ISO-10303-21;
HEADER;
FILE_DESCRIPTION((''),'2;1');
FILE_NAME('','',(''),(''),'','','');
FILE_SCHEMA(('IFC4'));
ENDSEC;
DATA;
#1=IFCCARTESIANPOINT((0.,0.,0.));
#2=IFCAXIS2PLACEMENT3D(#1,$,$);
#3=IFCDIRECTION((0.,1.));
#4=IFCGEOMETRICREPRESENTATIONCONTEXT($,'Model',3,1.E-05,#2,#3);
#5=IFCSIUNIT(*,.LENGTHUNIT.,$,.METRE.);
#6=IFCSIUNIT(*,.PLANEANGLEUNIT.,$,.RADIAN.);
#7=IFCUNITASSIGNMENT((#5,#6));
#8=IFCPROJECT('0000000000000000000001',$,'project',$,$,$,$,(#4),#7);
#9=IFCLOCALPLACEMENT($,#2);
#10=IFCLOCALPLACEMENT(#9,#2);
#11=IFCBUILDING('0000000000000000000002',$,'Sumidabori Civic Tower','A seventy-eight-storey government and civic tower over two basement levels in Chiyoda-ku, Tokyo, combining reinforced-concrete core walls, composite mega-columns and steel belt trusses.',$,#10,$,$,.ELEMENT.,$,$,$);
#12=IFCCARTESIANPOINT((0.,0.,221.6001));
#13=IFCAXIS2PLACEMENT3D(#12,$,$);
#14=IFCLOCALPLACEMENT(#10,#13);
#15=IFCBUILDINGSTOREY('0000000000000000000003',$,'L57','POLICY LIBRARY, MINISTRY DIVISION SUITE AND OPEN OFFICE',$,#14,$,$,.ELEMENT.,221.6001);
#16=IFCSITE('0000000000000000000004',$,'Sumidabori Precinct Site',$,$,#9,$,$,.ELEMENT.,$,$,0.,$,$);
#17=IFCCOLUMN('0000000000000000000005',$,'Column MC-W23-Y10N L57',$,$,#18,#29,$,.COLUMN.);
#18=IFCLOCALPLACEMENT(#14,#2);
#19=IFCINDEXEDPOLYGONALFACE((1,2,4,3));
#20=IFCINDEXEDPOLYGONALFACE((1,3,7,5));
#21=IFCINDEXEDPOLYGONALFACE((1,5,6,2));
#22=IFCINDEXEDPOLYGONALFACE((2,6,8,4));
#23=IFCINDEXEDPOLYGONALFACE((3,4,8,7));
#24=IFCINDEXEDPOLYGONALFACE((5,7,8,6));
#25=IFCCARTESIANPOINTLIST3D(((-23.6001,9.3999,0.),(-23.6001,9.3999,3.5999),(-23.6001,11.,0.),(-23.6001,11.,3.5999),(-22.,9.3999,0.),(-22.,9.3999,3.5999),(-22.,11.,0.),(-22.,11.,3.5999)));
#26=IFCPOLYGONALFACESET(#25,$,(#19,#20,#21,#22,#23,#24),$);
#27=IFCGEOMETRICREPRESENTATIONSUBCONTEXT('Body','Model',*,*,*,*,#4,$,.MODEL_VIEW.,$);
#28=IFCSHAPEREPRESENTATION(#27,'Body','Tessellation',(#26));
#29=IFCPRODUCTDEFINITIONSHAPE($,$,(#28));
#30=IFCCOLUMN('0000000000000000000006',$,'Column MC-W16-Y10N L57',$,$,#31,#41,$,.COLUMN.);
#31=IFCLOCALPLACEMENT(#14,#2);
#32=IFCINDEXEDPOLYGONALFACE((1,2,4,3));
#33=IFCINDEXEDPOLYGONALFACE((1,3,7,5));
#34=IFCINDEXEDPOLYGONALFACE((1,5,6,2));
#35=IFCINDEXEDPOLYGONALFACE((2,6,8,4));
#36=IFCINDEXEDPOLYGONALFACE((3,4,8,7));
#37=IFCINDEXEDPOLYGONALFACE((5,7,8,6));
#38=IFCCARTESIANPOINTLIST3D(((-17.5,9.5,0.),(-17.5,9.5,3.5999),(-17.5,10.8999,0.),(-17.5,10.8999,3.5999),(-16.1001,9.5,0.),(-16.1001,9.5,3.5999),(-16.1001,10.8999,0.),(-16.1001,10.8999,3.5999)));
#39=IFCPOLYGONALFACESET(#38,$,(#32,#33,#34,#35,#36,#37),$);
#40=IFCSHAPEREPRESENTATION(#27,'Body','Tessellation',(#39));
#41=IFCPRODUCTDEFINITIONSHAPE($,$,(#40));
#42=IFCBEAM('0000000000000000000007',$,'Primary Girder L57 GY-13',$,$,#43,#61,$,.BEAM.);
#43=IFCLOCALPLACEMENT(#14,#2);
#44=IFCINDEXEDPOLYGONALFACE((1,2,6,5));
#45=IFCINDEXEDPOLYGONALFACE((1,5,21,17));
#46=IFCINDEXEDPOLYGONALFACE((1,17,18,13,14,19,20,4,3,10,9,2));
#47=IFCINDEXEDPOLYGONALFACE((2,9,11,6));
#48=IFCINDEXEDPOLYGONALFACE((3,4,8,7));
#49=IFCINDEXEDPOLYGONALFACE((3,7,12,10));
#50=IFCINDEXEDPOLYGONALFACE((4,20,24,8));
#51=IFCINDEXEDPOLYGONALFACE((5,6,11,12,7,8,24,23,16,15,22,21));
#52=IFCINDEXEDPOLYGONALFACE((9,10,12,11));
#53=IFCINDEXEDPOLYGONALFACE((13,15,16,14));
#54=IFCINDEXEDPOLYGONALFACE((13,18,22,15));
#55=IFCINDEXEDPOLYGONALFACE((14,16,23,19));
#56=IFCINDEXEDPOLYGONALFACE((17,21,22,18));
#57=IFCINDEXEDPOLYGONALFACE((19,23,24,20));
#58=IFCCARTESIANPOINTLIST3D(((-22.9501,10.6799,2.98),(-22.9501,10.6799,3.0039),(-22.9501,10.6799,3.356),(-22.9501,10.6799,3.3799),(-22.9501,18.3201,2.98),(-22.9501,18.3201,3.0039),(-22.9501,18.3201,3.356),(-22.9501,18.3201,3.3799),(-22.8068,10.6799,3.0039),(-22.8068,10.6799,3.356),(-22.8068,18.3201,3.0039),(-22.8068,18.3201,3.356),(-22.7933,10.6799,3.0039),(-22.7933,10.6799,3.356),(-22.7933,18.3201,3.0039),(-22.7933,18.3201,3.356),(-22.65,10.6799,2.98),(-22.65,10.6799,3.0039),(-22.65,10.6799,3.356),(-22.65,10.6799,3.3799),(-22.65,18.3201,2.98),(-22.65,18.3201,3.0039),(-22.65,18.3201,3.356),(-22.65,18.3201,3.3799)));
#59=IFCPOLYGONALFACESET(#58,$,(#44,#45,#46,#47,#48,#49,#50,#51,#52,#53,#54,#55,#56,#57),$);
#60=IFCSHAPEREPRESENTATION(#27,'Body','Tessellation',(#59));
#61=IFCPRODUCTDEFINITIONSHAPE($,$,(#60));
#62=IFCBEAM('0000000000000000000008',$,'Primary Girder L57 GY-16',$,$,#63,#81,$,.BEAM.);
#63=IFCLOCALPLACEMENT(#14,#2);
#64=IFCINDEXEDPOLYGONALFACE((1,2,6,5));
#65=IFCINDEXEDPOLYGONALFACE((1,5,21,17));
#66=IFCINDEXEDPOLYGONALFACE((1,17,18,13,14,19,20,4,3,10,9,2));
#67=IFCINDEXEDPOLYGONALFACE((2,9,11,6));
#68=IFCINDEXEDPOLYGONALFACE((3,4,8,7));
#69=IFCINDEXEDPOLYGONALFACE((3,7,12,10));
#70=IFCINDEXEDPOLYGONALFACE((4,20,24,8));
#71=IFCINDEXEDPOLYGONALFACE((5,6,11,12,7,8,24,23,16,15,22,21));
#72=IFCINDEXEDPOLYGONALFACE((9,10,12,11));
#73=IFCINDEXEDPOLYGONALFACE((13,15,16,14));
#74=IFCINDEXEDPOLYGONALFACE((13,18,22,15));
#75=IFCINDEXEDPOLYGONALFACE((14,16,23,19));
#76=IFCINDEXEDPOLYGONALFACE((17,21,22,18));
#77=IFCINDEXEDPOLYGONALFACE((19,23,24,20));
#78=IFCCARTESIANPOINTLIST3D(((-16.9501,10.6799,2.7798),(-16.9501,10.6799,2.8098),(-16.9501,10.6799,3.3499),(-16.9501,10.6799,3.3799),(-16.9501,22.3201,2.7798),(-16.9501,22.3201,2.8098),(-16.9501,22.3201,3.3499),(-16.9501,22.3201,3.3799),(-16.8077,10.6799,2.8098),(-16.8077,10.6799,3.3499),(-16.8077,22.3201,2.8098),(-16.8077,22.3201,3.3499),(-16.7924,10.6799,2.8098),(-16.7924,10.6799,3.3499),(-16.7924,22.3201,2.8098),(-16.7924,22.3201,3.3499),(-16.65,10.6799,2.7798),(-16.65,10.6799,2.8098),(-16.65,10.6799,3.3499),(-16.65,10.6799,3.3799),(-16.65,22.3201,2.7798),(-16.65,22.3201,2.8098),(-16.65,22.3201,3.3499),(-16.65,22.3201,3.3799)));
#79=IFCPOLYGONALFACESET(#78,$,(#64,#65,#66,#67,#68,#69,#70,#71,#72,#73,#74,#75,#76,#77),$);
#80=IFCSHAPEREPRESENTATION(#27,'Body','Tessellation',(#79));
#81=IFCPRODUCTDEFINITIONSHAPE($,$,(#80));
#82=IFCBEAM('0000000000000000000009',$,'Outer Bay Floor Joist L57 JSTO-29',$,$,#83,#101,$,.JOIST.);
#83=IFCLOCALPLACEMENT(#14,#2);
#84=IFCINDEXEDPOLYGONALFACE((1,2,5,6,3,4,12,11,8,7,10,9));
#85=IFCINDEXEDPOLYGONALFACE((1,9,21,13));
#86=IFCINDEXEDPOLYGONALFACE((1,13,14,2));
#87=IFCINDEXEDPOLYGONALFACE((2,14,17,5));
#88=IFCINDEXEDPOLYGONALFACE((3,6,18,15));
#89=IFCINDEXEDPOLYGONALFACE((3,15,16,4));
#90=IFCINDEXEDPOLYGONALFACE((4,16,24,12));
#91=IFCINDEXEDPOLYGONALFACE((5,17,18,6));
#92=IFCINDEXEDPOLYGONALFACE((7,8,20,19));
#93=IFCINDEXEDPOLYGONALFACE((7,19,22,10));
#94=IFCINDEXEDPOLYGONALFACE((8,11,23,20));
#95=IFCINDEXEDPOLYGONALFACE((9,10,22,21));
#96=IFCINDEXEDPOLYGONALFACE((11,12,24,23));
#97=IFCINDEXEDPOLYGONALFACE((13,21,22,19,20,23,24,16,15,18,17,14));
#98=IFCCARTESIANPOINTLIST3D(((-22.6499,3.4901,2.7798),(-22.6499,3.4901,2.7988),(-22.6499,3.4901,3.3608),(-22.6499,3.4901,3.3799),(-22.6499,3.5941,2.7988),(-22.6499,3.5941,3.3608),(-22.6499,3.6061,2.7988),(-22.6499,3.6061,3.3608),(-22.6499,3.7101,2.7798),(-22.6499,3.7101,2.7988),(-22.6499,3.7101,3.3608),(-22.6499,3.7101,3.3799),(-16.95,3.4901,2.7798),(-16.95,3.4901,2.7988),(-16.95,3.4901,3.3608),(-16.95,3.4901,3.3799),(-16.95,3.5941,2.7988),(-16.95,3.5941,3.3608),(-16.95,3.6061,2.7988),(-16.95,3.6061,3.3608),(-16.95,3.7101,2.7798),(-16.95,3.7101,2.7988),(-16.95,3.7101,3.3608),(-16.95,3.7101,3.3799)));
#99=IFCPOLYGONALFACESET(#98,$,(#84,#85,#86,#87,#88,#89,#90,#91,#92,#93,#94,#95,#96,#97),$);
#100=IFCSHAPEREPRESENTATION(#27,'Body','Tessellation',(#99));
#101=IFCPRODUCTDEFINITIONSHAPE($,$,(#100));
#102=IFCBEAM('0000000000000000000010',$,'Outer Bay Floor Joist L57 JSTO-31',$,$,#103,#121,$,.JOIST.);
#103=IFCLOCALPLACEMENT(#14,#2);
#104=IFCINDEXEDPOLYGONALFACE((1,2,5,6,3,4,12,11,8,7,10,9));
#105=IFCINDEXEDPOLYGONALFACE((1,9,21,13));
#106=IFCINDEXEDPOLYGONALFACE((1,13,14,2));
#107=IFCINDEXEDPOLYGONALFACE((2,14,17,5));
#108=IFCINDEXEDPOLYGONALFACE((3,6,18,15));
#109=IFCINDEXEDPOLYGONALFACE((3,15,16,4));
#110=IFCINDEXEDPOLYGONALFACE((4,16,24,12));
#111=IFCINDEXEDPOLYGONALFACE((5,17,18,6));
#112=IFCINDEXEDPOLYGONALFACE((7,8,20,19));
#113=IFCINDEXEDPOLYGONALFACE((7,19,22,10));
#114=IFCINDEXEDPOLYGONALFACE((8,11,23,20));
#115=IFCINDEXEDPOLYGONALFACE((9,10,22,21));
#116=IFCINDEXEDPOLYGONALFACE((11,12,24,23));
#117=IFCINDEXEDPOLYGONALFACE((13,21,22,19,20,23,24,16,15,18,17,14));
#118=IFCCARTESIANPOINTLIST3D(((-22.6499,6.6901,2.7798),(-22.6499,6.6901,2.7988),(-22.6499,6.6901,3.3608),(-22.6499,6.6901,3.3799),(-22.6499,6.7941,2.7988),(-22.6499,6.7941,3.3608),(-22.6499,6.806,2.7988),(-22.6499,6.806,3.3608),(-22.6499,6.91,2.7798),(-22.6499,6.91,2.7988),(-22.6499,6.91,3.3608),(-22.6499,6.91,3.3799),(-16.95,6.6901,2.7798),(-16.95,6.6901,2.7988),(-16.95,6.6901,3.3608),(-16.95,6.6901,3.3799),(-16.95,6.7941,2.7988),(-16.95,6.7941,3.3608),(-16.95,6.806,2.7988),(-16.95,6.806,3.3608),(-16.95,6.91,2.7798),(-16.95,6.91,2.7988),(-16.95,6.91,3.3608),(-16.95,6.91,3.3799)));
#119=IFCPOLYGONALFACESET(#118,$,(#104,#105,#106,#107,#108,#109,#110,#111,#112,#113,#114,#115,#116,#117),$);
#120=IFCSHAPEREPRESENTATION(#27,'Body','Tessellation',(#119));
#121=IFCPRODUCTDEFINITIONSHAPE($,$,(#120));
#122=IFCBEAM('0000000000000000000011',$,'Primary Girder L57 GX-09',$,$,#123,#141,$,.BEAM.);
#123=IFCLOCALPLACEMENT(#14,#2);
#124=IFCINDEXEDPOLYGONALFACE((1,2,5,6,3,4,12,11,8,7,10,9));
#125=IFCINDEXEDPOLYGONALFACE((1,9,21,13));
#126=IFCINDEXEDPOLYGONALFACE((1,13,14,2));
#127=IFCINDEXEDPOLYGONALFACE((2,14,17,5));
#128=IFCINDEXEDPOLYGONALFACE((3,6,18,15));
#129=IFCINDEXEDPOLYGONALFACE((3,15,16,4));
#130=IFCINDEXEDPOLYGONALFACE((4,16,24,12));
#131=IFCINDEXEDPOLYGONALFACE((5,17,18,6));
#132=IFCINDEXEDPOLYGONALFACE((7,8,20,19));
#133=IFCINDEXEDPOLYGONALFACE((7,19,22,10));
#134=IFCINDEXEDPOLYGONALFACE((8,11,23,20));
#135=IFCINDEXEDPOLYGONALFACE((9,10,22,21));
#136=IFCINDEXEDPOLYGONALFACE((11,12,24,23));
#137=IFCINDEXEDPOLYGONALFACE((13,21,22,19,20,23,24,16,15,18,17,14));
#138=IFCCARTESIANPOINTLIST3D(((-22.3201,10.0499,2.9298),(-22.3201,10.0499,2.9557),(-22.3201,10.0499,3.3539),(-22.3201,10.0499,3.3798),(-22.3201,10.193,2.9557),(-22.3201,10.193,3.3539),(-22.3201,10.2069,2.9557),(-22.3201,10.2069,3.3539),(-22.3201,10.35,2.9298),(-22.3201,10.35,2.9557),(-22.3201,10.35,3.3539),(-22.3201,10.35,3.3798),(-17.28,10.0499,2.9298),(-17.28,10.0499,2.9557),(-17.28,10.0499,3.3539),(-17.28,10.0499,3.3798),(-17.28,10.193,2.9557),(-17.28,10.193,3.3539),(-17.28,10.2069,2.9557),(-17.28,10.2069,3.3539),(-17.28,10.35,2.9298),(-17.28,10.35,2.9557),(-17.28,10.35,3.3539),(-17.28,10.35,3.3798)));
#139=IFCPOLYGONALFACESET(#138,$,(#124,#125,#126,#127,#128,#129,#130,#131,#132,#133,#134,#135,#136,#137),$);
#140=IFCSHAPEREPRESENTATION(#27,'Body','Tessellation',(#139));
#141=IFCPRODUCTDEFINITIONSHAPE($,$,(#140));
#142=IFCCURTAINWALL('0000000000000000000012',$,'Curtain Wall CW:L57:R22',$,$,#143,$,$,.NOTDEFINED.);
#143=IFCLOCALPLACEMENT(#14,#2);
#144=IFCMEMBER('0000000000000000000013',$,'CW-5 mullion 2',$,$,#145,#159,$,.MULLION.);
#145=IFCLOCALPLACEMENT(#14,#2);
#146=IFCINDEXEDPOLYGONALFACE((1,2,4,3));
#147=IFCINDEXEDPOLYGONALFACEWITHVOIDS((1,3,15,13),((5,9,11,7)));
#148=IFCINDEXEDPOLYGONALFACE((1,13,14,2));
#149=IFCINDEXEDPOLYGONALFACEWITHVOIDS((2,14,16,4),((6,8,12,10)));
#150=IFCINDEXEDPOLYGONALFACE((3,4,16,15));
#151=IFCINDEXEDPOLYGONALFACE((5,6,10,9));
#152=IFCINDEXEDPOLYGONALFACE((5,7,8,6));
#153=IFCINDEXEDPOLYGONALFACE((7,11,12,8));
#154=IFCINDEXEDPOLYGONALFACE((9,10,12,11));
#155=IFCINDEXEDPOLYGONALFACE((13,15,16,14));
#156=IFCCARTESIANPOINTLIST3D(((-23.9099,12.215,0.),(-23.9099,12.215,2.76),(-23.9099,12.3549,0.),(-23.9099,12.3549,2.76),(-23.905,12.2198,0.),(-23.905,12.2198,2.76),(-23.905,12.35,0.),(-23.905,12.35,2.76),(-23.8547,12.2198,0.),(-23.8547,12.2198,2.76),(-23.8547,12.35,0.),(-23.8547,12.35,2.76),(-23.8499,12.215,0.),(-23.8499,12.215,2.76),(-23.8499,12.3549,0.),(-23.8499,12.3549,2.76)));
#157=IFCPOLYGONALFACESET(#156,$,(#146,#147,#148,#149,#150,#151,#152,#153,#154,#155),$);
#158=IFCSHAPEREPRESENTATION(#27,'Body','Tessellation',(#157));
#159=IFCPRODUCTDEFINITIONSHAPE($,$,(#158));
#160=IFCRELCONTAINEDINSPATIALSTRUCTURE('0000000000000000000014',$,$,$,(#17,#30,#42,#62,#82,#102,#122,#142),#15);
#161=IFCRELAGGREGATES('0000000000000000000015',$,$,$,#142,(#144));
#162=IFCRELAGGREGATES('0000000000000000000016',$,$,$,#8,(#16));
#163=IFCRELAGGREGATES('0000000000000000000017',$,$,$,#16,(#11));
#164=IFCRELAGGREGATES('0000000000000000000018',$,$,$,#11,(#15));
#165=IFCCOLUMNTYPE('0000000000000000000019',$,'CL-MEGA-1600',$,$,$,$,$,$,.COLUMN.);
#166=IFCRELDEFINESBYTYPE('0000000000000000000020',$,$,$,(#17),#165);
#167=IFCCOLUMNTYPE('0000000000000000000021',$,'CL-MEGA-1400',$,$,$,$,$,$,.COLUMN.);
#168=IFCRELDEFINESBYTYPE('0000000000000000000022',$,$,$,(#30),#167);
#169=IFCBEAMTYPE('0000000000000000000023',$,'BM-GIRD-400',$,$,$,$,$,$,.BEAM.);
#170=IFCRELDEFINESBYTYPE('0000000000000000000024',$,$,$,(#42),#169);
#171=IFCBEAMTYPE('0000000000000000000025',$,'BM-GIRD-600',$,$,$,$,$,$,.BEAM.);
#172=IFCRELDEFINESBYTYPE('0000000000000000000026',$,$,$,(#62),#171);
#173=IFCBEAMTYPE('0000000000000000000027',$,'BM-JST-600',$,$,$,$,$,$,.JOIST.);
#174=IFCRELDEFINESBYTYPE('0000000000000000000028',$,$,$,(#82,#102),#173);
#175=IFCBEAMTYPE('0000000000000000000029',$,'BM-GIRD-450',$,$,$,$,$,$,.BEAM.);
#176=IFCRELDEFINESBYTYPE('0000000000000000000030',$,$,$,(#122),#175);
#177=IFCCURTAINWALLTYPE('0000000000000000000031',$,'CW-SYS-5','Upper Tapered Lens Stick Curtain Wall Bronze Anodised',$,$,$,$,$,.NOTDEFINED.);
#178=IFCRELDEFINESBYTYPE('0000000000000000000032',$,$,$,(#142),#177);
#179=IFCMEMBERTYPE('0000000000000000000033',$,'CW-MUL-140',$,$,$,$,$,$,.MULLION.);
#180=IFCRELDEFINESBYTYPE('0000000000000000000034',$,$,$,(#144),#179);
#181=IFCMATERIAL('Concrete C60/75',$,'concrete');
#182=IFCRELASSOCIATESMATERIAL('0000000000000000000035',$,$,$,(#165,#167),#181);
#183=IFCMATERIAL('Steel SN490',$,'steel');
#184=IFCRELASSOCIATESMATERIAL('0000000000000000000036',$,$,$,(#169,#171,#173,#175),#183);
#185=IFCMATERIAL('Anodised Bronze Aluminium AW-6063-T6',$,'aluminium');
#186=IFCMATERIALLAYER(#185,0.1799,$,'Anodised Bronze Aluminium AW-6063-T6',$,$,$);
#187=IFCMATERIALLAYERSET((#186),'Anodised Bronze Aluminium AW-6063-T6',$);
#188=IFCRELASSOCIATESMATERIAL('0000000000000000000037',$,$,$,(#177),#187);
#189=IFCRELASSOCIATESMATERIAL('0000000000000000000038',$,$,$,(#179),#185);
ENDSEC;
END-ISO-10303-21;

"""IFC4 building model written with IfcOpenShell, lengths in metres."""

from ifc_helpers import new_model, si_unit, direction, frame, origin, origin_2d, place, context, subcontext, project, spatial, rectangle, hollow_rectangle, i_section, extrude, source, transform, mapped, material, layer, layer_set, material_profile, profile_set, type_object, element, aggregate, save


model = new_model("IFC4")

# Units and contexts
model_context = context("Model", 3, precision=1e-05, world=origin(), true_north=direction((0.0, 1.0)))
body_context = subcontext(model_context, "Body", "Model", "MODEL_VIEW")
ifc_project = project(units=[si_unit("LENGTHUNIT", "METRE"), si_unit("PLANEANGLEUNIT", "RADIAN")], contexts=[model_context])

# Site, building, storey
site_placement = place(None, origin())
site = spatial("IfcSite", under=ifc_project, at=site_placement, Name="Sumidabori Precinct Site", CompositionType="ELEMENT", RefElevation=0.0)
building_placement = place(site_placement, origin())
building = spatial("IfcBuilding", under=site, at=building_placement, Name="Sumidabori Civic Tower", Description="A seventy-eight-storey government and civic tower over two basement levels in Chiyoda-ku, Tokyo, combining reinforced-concrete core walls, composite mega-columns and steel belt trusses.", CompositionType="ELEMENT")
storey_placement = place(building_placement, frame((0.0, 0.0, 221.6001)))
storey = spatial("IfcBuildingStorey", under=building, at=storey_placement, Name="L57", Description="POLICY LIBRARY, MINISTRY DIVISION SUITE AND OPEN OFFICE", CompositionType="ELEMENT", Elevation=221.6001)

# Columns
ifc_material_1 = material(Name="Concrete C60/75", Category="concrete")
ifc_material_profile_1 = material_profile(ifc_material_1, rectangle(XDim=1.6001, YDim=1.6001, at=origin_2d()), Name="RC 1600x1600")
ifc_profile_set_1 = profile_set([ifc_material_profile_1], Name="Concrete C60/75")
column_type_1 = type_object("IfcColumnType", Name="CL-MEGA-1600", PredefinedType="COLUMN", material=ifc_profile_set_1)
shared_shape_1 = source(origin(), body_context, "Body", "SweptSolid", [
    extrude(rectangle(XDim=1.6001, YDim=1.6001, at=origin_2d()), origin(), (0.0, 0.0, 1.0), 3.5999),
])
column_1_placement = place(storey_placement, frame((-22.8, 10.2, 0.0), z_axis=(0.0, 0.0, 1.0), x_axis=(1.0, 0.0, 0.0)))
element("IfcColumn", 1, at=column_1_placement, inside=storey, type_object=column_type_1, Name="Column MC-W23-Y10N L57", PredefinedType="COLUMN", context=body_context, shape_type="MappedRepresentation", body=[
    mapped(shared_shape_1, transform((0.0, 0.0, 0.0), x_axis=(1.0, 0.0, 0.0), y_axis=(0.0, 1.0, 0.0), z_axis=(0.0, 0.0, 1.0), scale=1.0)),
])
ifc_material_profile_2 = material_profile(ifc_material_1, rectangle(XDim=1.3999, YDim=1.3999, at=origin_2d()), Name="RC 1400x1400")
ifc_profile_set_2 = profile_set([ifc_material_profile_2], Name="Concrete C60/75")
column_type_2 = type_object("IfcColumnType", Name="CL-MEGA-1400", PredefinedType="COLUMN", material=ifc_profile_set_2)
shared_shape_2 = source(origin(), body_context, "Body", "SweptSolid", [
    extrude(rectangle(XDim=1.3999, YDim=1.3999, at=origin_2d()), origin(), (0.0, 0.0, 1.0), 3.5999),
])
column_2_placement = place(storey_placement, frame((-16.8, 10.2, 0.0), z_axis=(0.0, 0.0, 1.0), x_axis=(1.0, 0.0, 0.0)))
element("IfcColumn", 2, at=column_2_placement, inside=storey, type_object=column_type_2, Name="Column MC-W16-Y10N L57", PredefinedType="COLUMN", context=body_context, shape_type="MappedRepresentation", body=[
    mapped(shared_shape_2, transform((0.0, 0.0, 0.0), x_axis=(1.0, 0.0, 0.0), y_axis=(0.0, 1.0, 0.0), z_axis=(0.0, 0.0, 1.0), scale=1.0)),
])

# Beams
ifc_material_2 = material(Name="Steel SN490", Category="steel")
ifc_material_profile_3 = material_profile(ifc_material_2, i_section(OverallWidth=0.3, OverallDepth=0.3999, WebThickness=0.0134, FlangeThickness=0.0239, at=origin_2d()), Name="HE 400 B")
ifc_profile_set_3 = profile_set([ifc_material_profile_3], Name="Steel SN490")
beam_type_1 = type_object("IfcBeamType", Name="BM-GIRD-400", PredefinedType="BEAM", material=ifc_profile_set_3)
shared_shape_3 = source(origin(), body_context, "Body", "SweptSolid", [
    extrude(i_section(OverallWidth=0.3, OverallDepth=0.3999, WebThickness=0.0134, FlangeThickness=0.0239, at=origin_2d()), origin(), (0.0, 0.0, 1.0), 7.6401),
])
beam_1_placement = place(storey_placement, frame((-22.8, 10.6799, 3.1799), z_axis=(0.0, 1.0, 0.0), x_axis=(-1.0, 0.0, 0.0)))
element("IfcBeam", 3, at=beam_1_placement, inside=storey, type_object=beam_type_1, Name="Primary Girder L57 GY-13", PredefinedType="BEAM", context=body_context, shape_type="MappedRepresentation", body=[
    mapped(shared_shape_3, transform((0.0, 0.0, 0.0), x_axis=(1.0, 0.0, 0.0), y_axis=(0.0, 1.0, 0.0), z_axis=(0.0, 0.0, 1.0), scale=1.0)),
])
ifc_material_profile_4 = material_profile(ifc_material_2, i_section(OverallWidth=0.3, OverallDepth=0.6001, WebThickness=0.0154, FlangeThickness=0.03, at=origin_2d()), Name="HE 600 B")
ifc_profile_set_4 = profile_set([ifc_material_profile_4], Name="Steel SN490")
beam_type_2 = type_object("IfcBeamType", Name="BM-GIRD-600", PredefinedType="BEAM", material=ifc_profile_set_4)
shared_shape_4 = source(origin(), body_context, "Body", "SweptSolid", [
    extrude(i_section(OverallWidth=0.3, OverallDepth=0.6001, WebThickness=0.0154, FlangeThickness=0.03, at=origin_2d()), origin(), (0.0, 0.0, 1.0), 11.6401),
])
beam_2_placement = place(storey_placement, frame((-16.8, 10.6799, 3.0798), z_axis=(0.0, 1.0, 0.0), x_axis=(-1.0, 0.0, 0.0)))
element("IfcBeam", 4, at=beam_2_placement, inside=storey, type_object=beam_type_2, Name="Primary Girder L57 GY-16", PredefinedType="BEAM", context=body_context, shape_type="MappedRepresentation", body=[
    mapped(shared_shape_4, transform((0.0, 0.0, 0.0), x_axis=(1.0, 0.0, 0.0), y_axis=(0.0, 1.0, 0.0), z_axis=(0.0, 0.0, 1.0), scale=1.0)),
])
ifc_material_profile_5 = material_profile(ifc_material_2, i_section(OverallWidth=0.22, OverallDepth=0.6001, WebThickness=0.012, FlangeThickness=0.019, at=origin_2d()), Name="IPE 600")
ifc_profile_set_5 = profile_set([ifc_material_profile_5], Name="Steel SN490")
beam_type_3 = type_object("IfcBeamType", Name="BM-JST-600", PredefinedType="JOIST", material=ifc_profile_set_5)
shared_shape_5 = source(origin(), body_context, "Body", "SweptSolid", [
    extrude(i_section(OverallWidth=0.22, OverallDepth=0.6001, WebThickness=0.012, FlangeThickness=0.019, at=origin_2d()), origin(), (0.0, 0.0, 1.0), 5.7),
])
for number, where, z_axis, x_axis, name in (
    (5, (-22.6499, 3.6001, 3.0798), (1.0, 0.0, 0.0), (0.0, 1.0, 0.0), "Outer Bay Floor Joist L57 JSTO-29"),
    (6, (-22.6499, 6.8, 3.0798), (1.0, 0.0, 0.0), (0.0, 1.0, 0.0), "Outer Bay Floor Joist L57 JSTO-31"),
):
    element("IfcBeam", number, at=place(storey_placement, frame(where, z_axis=z_axis, x_axis=x_axis)), inside=storey, type_object=beam_type_3, Name=name, PredefinedType="JOIST", context=body_context, shape_type="MappedRepresentation", body=[
        mapped(shared_shape_5, transform((0.0, 0.0, 0.0), x_axis=(1.0, 0.0, 0.0), y_axis=(0.0, 1.0, 0.0), z_axis=(0.0, 0.0, 1.0), scale=1.0)),
    ])
ifc_material_profile_6 = material_profile(ifc_material_2, i_section(OverallWidth=0.3, OverallDepth=0.45, WebThickness=0.0139, FlangeThickness=0.0259, at=origin_2d()), Name="HE 450 B")
ifc_profile_set_6 = profile_set([ifc_material_profile_6], Name="Steel SN490")
beam_type_4 = type_object("IfcBeamType", Name="BM-GIRD-450", PredefinedType="BEAM", material=ifc_profile_set_6)
shared_shape_6 = source(origin(), body_context, "Body", "SweptSolid", [
    extrude(i_section(OverallWidth=0.3, OverallDepth=0.45, WebThickness=0.0139, FlangeThickness=0.0259, at=origin_2d()), origin(), (0.0, 0.0, 1.0), 5.04),
])
beam_3_placement = place(storey_placement, frame((-22.3201, 10.2, 3.1548), z_axis=(1.0, 0.0, 0.0), x_axis=(0.0, 1.0, 0.0)))
element("IfcBeam", 7, at=beam_3_placement, inside=storey, type_object=beam_type_4, Name="Primary Girder L57 GX-09", PredefinedType="BEAM", context=body_context, shape_type="MappedRepresentation", body=[
    mapped(shared_shape_6, transform((0.0, 0.0, 0.0), x_axis=(1.0, 0.0, 0.0), y_axis=(0.0, 1.0, 0.0), z_axis=(0.0, 0.0, 1.0), scale=1.0)),
])

# Curtain wall, member
ifc_material_3 = material(Name="Anodised Bronze Aluminium AW-6063-T6", Category="aluminium")
ifc_layer_1 = layer(ifc_material_3, 0.1799, Name="Anodised Bronze Aluminium AW-6063-T6")
ifc_layer_set_1 = layer_set([ifc_layer_1], Name="Anodised Bronze Aluminium AW-6063-T6")
curtain_wall_type = type_object("IfcCurtainWallType", Name="CW-SYS-5", Description="Upper Tapered Lens Stick Curtain Wall Bronze Anodised", PredefinedType="NOTDEFINED", material=ifc_layer_set_1)
curtain_wall_placement = place(storey_placement, origin())
curtain_wall = element("IfcCurtainWall", 8, at=curtain_wall_placement, inside=storey, type_object=curtain_wall_type, Name="Curtain Wall CW:L57:R22", PredefinedType="NOTDEFINED")
ifc_material_profile_7 = material_profile(ifc_material_3, hollow_rectangle(XDim=0.0601, YDim=0.1399, WallThickness=0.0049, at=origin_2d()), Name="ALU MULLION 140x60")
ifc_profile_set_7 = profile_set([ifc_material_profile_7], Name="Anodised Bronze Aluminium AW-6063-T6")
member_type_1 = type_object("IfcMemberType", Name="CW-MUL-140", PredefinedType="MULLION", material=ifc_profile_set_7)
shared_shape_7 = source(origin(), body_context, "Body", "SweptSolid", [
    extrude(hollow_rectangle(XDim=0.0601, YDim=0.1399, WallThickness=0.0049, at=origin_2d()), origin(), (0.0, 0.0, 1.0), 2.76),
])
member_1_placement = place(storey_placement, frame((-23.8799, 12.2849, 0.0), z_axis=(0.0, 0.0, 1.0), x_axis=(1.0, 0.0, 0.0)))
member_1 = element("IfcMember", 9, at=member_1_placement, type_object=member_type_1, Name="CW-5 mullion 2", PredefinedType="MULLION", context=body_context, shape_type="MappedRepresentation", body=[
    mapped(shared_shape_7, transform((0.0, 0.0, 0.0), x_axis=(1.0, 0.0, 0.0), y_axis=(0.0, 1.0, 0.0), z_axis=(0.0, 0.0, 1.0), scale=1.0)),
])
aggregate(curtain_wall, [member_1])

save(model, "model.ifc")
